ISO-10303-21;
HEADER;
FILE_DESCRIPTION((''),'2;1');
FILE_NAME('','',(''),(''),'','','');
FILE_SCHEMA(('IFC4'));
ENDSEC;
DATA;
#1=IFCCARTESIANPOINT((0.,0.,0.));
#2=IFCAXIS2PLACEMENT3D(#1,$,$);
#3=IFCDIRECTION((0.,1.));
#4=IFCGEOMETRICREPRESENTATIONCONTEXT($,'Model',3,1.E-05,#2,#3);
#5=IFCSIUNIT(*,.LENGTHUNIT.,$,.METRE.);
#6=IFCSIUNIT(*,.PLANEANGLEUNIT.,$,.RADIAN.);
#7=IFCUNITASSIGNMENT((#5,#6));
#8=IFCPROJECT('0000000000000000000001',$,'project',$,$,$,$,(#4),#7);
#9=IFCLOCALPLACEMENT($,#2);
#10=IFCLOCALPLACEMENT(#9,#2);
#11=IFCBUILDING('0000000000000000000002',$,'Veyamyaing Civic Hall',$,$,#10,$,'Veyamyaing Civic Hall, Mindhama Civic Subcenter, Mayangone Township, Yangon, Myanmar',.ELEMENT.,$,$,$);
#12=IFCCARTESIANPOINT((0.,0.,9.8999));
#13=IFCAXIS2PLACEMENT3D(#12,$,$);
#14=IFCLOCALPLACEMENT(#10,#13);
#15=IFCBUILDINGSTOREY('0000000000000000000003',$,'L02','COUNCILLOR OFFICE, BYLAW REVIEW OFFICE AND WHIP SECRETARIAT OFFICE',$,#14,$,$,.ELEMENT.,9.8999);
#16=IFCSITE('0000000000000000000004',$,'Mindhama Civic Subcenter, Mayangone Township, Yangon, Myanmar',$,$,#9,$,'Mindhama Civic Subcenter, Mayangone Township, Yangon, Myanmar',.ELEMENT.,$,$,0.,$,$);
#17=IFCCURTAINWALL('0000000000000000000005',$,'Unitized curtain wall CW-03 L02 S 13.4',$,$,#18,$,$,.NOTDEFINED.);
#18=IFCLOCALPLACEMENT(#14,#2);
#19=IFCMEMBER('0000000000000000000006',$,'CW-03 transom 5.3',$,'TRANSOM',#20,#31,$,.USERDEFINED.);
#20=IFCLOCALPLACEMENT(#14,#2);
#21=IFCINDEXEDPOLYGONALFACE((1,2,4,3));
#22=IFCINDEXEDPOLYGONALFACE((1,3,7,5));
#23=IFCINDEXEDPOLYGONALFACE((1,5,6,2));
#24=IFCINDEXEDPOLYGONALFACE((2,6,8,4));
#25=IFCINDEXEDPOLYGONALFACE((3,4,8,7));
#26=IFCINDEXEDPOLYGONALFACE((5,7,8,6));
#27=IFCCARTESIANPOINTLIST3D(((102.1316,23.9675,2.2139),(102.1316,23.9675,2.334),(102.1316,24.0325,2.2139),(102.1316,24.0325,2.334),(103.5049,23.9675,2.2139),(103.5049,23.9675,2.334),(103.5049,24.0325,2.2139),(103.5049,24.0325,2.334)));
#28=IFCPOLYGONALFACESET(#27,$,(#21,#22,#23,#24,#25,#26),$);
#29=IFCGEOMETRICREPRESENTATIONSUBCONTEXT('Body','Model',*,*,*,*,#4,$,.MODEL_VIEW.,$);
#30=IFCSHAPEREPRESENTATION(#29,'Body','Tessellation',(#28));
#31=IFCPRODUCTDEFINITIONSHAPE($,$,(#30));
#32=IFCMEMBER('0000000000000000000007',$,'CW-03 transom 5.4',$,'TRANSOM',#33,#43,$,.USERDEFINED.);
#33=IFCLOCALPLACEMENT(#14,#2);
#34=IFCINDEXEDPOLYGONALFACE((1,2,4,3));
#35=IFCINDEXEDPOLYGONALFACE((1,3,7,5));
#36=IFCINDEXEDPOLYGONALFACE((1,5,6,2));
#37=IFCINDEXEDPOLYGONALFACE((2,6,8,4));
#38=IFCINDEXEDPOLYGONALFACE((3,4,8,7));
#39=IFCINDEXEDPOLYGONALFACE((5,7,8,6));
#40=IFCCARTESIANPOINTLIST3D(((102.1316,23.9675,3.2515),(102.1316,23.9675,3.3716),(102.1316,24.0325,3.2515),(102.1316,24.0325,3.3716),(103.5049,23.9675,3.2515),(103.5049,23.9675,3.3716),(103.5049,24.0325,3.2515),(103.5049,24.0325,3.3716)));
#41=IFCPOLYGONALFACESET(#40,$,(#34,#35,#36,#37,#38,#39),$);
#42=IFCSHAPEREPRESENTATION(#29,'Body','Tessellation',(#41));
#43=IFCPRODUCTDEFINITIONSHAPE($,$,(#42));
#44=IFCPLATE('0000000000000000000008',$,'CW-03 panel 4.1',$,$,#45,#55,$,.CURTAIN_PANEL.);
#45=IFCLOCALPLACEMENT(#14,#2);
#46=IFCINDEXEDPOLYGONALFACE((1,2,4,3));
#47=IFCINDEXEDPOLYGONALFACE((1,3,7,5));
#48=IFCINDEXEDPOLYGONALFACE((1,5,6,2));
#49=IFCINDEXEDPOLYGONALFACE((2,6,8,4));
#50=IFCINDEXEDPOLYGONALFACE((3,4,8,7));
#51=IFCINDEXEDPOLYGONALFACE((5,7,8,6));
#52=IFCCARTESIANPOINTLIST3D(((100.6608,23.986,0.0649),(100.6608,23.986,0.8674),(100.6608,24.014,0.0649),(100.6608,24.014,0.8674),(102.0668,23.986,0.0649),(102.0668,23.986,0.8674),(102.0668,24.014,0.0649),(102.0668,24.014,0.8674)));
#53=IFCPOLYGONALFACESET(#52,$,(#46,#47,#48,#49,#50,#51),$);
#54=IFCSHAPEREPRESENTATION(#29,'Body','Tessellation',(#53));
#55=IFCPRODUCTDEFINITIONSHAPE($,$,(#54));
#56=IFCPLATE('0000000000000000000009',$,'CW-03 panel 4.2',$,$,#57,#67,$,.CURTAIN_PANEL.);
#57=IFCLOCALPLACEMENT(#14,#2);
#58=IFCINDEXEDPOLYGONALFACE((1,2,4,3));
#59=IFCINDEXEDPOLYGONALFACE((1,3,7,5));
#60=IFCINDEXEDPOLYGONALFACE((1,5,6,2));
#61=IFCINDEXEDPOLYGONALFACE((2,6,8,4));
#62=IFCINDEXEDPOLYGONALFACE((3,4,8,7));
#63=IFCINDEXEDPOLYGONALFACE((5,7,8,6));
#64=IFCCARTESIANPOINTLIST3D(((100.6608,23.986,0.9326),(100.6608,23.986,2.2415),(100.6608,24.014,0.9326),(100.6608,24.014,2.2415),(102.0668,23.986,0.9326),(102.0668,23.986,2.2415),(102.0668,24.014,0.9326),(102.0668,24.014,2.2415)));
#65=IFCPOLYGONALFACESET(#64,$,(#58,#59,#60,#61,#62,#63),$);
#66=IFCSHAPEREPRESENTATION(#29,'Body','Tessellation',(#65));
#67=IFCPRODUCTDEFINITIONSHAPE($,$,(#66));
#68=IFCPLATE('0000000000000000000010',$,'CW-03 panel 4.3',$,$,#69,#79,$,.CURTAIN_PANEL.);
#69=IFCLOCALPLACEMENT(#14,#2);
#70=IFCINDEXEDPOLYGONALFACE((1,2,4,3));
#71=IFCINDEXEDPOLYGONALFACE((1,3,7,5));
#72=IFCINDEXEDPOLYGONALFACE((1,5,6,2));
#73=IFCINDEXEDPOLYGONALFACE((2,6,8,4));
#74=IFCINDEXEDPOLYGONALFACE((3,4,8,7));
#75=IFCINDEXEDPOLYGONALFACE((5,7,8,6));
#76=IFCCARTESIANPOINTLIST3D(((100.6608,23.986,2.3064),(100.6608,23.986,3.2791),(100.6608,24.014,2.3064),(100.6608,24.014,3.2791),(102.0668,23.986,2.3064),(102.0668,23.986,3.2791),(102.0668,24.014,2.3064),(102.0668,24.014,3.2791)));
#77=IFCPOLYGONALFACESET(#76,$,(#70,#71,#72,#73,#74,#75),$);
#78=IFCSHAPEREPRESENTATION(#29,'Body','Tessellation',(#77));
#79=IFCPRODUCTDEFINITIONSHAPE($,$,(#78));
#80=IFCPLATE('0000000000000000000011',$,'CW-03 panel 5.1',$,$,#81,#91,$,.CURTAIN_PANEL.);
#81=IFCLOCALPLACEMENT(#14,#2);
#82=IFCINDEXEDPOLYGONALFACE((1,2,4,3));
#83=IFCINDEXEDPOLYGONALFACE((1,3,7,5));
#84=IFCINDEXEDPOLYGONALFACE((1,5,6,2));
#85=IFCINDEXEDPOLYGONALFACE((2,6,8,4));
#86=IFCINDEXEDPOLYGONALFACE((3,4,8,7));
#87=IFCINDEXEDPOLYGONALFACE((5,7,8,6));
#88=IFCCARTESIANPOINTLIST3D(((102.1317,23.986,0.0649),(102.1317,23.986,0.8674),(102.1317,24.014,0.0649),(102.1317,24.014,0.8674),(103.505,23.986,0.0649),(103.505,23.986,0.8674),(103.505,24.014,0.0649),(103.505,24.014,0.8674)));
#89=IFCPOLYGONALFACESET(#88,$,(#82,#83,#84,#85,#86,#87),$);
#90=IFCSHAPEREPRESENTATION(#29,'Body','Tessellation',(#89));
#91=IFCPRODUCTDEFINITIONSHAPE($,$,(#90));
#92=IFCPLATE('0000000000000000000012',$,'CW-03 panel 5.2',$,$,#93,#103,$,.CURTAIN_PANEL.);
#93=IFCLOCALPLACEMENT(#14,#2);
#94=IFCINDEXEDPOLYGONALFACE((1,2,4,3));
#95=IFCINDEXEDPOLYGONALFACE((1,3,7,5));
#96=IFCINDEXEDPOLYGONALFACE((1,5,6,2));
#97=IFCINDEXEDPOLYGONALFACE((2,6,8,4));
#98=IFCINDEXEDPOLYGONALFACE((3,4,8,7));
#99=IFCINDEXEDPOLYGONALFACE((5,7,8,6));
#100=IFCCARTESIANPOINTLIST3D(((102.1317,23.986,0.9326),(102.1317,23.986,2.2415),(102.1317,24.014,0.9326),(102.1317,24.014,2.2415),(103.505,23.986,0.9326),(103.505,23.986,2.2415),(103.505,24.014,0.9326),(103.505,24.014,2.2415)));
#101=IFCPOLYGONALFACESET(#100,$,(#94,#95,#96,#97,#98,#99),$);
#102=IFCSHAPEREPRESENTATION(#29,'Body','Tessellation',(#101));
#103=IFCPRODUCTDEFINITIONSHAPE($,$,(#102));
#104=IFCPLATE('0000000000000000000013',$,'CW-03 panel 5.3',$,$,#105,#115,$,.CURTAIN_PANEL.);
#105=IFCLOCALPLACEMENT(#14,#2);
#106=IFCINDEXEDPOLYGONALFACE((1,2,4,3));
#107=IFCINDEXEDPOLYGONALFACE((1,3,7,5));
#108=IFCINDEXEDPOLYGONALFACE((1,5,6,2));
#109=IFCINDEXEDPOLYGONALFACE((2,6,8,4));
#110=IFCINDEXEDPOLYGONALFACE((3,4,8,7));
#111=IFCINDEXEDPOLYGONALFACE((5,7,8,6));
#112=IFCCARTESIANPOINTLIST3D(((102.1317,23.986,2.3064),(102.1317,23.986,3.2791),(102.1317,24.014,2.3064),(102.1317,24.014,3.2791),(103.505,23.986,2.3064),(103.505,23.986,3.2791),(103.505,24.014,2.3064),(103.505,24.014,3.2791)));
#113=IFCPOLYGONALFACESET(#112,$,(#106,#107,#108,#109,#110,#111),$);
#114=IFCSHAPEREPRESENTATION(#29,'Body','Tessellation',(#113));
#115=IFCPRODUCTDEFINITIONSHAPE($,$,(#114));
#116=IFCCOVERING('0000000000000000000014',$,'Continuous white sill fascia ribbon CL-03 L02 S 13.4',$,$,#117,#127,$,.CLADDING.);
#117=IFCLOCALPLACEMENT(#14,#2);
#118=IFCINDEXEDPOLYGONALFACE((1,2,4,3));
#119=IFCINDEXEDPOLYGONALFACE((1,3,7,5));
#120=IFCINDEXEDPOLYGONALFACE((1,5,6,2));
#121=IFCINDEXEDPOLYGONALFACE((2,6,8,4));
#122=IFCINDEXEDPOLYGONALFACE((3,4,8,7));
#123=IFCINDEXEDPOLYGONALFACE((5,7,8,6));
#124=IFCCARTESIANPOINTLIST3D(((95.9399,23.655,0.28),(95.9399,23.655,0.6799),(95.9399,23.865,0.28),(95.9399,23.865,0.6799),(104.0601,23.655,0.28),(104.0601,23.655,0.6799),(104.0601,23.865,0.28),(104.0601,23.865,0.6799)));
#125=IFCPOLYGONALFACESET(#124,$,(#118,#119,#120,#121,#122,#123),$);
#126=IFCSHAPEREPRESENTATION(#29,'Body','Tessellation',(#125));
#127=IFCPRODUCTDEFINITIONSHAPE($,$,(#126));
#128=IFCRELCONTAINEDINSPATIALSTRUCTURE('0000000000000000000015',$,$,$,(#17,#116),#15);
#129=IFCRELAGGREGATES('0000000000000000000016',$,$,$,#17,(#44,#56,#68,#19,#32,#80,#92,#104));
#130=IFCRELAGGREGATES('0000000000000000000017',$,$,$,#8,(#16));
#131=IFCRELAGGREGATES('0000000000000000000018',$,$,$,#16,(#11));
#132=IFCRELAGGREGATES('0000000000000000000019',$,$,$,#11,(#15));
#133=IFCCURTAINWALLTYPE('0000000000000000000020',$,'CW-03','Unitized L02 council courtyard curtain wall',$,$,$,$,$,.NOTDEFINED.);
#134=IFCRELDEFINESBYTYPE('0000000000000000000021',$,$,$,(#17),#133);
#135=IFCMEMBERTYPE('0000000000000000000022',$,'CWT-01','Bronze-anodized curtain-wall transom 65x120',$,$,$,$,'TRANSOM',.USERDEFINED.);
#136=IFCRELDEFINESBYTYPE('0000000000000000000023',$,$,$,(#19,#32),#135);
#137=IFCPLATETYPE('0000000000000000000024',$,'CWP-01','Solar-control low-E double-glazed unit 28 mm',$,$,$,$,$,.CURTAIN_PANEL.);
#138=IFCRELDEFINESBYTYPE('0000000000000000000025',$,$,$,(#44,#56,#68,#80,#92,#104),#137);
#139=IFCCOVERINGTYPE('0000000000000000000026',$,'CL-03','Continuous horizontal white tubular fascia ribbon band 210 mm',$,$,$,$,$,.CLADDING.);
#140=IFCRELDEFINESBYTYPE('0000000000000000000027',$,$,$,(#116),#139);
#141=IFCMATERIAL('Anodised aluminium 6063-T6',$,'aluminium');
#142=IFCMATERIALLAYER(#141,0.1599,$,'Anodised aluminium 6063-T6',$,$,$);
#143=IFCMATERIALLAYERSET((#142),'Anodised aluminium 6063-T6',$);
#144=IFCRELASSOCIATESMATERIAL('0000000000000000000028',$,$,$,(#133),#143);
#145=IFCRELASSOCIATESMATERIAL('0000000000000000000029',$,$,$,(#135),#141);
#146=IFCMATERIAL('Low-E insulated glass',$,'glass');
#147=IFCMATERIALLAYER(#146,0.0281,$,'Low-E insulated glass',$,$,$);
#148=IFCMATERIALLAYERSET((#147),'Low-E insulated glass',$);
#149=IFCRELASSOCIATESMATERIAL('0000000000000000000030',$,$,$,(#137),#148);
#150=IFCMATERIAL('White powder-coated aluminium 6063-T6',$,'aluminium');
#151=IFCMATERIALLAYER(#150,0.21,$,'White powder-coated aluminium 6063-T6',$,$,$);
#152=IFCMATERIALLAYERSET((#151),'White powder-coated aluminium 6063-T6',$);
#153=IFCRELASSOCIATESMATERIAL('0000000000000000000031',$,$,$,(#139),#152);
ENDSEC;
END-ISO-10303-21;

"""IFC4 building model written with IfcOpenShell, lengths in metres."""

from ifc_helpers import new_model, si_unit, direction, frame, origin, origin_2d, place, context, subcontext, project, spatial, rectangle, extrude, material, layer, layer_set, material_profile, profile_set, type_object, element, aggregate, save


model = new_model("IFC4")

# Units and contexts
model_context = context("Model", 3, precision=1e-05, world=origin(), true_north=direction((0.0, 1.0)))
body_context = subcontext(model_context, "Body", "Model", "MODEL_VIEW")
ifc_project = project(units=[si_unit("LENGTHUNIT", "METRE"), si_unit("PLANEANGLEUNIT", "RADIAN")], contexts=[model_context])

# Site, building, storey
site_placement = place(None, origin())
site = spatial("IfcSite", under=ifc_project, at=site_placement, Name="Mindhama Civic Subcenter, Mayangone Township, Yangon, Myanmar", LongName="Mindhama Civic Subcenter, Mayangone Township, Yangon, Myanmar", CompositionType="ELEMENT", RefElevation=0.0)
building_placement = place(site_placement, origin())
building = spatial("IfcBuilding", under=site, at=building_placement, Name="Veyamyaing Civic Hall", LongName="Veyamyaing Civic Hall, Mindhama Civic Subcenter, Mayangone Township, Yangon, Myanmar", CompositionType="ELEMENT")
storey_placement = place(building_placement, frame((0.0, 0.0, 9.8999)))
storey = spatial("IfcBuildingStorey", under=building, at=storey_placement, Name="L02", Description="COUNCILLOR OFFICE, BYLAW REVIEW OFFICE AND WHIP SECRETARIAT OFFICE", CompositionType="ELEMENT", Elevation=9.8999)

# Curtain wall, members, plates
ifc_material_1 = material(Name="Anodised aluminium 6063-T6", Category="aluminium")
ifc_layer_1 = layer(ifc_material_1, 0.1599, Name="Anodised aluminium 6063-T6")
ifc_layer_set_1 = layer_set([ifc_layer_1], Name="Anodised aluminium 6063-T6")
curtain_wall_type = type_object("IfcCurtainWallType", Name="CW-03", Description="Unitized L02 council courtyard curtain wall", PredefinedType="NOTDEFINED", material=ifc_layer_set_1)
curtain_wall_placement = place(storey_placement, origin())
curtain_wall = element("IfcCurtainWall", 1, at=curtain_wall_placement, inside=storey, type_object=curtain_wall_type, Name="Unitized curtain wall CW-03 L02 S 13.4", PredefinedType="NOTDEFINED")
ifc_material_profile_1 = material_profile(ifc_material_1, rectangle(XDim=0.0649, YDim=0.1201, at=origin_2d()), Name="ALU-TRN-65X120")
ifc_profile_set_1 = profile_set([ifc_material_profile_1], Name="Anodised aluminium 6063-T6")
member_type_1 = type_object("IfcMemberType", Name="CWT-01", Description="Bronze-anodized curtain-wall transom 65x120", ElementType="TRANSOM", PredefinedType="USERDEFINED", material=ifc_profile_set_1)
member_1_placement = place(storey_placement, frame((102.1316, 24.0, 2.2739), z_axis=(1.0, 0.0, 0.0), x_axis=(0.0, 1.0, 0.0)))
member_1 = element("IfcMember", 2, at=member_1_placement, type_object=member_type_1, Name="CW-03 transom 5.3", ObjectType="TRANSOM", PredefinedType="USERDEFINED", context=body_context, shape_type="SweptSolid", body=[
    extrude(rectangle(XDim=0.0649, YDim=0.1201, at=origin_2d()), origin(), (0.0, 0.0, 1.0), 1.3733),
])
member_2_placement = place(storey_placement, frame((102.1316, 24.0, 3.3115), z_axis=(1.0, 0.0, 0.0), x_axis=(0.0, 1.0, 0.0)))
member_2 = element("IfcMember", 3, at=member_2_placement, type_object=member_type_1, Name="CW-03 transom 5.4", ObjectType="TRANSOM", PredefinedType="USERDEFINED", context=body_context, shape_type="SweptSolid", body=[
    extrude(rectangle(XDim=0.0649, YDim=0.1201, at=origin_2d()), origin(), (0.0, 0.0, 1.0), 1.3733),
])
ifc_material_2 = material(Name="Low-E insulated glass", Category="glass")
ifc_layer_2 = layer(ifc_material_2, 0.0281, Name="Low-E insulated glass")
ifc_layer_set_2 = layer_set([ifc_layer_2], Name="Low-E insulated glass")
plate_type = type_object("IfcPlateType", Name="CWP-01", Description="Solar-control low-E double-glazed unit 28 mm", PredefinedType="CURTAIN_PANEL", material=ifc_layer_set_2)
plate_1_placement = place(storey_placement, frame((101.3638, 24.0, 0.0649), z_axis=(0.0, 0.0, 1.0), x_axis=(1.0, 0.0, 0.0)))
plate_1 = element("IfcPlate", 4, at=plate_1_placement, type_object=plate_type, Name="CW-03 panel 4.1", PredefinedType="CURTAIN_PANEL", context=body_context, shape_type="SweptSolid", body=[
    extrude(rectangle(XDim=1.406, YDim=0.0281, at=origin_2d()), origin(), (0.0, 0.0, 1.0), 0.8025),
])
plate_2_placement = place(storey_placement, frame((101.3638, 24.0, 0.9326), z_axis=(0.0, 0.0, 1.0), x_axis=(1.0, 0.0, 0.0)))
plate_2 = element("IfcPlate", 5, at=plate_2_placement, type_object=plate_type, Name="CW-03 panel 4.2", PredefinedType="CURTAIN_PANEL", context=body_context, shape_type="SweptSolid", body=[
    extrude(rectangle(XDim=1.406, YDim=0.0281, at=origin_2d()), origin(), (0.0, 0.0, 1.0), 1.3088),
])
plate_3_placement = place(storey_placement, frame((101.3638, 24.0, 2.3064), z_axis=(0.0, 0.0, 1.0), x_axis=(1.0, 0.0, 0.0)))
plate_3 = element("IfcPlate", 6, at=plate_3_placement, type_object=plate_type, Name="CW-03 panel 4.3", PredefinedType="CURTAIN_PANEL", context=body_context, shape_type="SweptSolid", body=[
    extrude(rectangle(XDim=1.406, YDim=0.0281, at=origin_2d()), origin(), (0.0, 0.0, 1.0), 0.9727),
])
plate_4_placement = place(storey_placement, frame((102.8184, 24.0, 0.0649), z_axis=(0.0, 0.0, 1.0), x_axis=(1.0, 0.0, 0.0)))
plate_4 = element("IfcPlate", 7, at=plate_4_placement, type_object=plate_type, Name="CW-03 panel 5.1", PredefinedType="CURTAIN_PANEL", context=body_context, shape_type="SweptSolid", body=[
    extrude(rectangle(XDim=1.3733, YDim=0.0281, at=origin_2d()), origin(), (0.0, 0.0, 1.0), 0.8025),
])
plate_5_placement = place(storey_placement, frame((102.8184, 24.0, 0.9326), z_axis=(0.0, 0.0, 1.0), x_axis=(1.0, 0.0, 0.0)))
plate_5 = element("IfcPlate", 8, at=plate_5_placement, type_object=plate_type, Name="CW-03 panel 5.2", PredefinedType="CURTAIN_PANEL", context=body_context, shape_type="SweptSolid", body=[
    extrude(rectangle(XDim=1.3733, YDim=0.0281, at=origin_2d()), origin(), (0.0, 0.0, 1.0), 1.3088),
])
plate_6_placement = place(storey_placement, frame((102.8184, 24.0, 2.3064), z_axis=(0.0, 0.0, 1.0), x_axis=(1.0, 0.0, 0.0)))
plate_6 = element("IfcPlate", 9, at=plate_6_placement, type_object=plate_type, Name="CW-03 panel 5.3", PredefinedType="CURTAIN_PANEL", context=body_context, shape_type="SweptSolid", body=[
    extrude(rectangle(XDim=1.3733, YDim=0.0281, at=origin_2d()), origin(), (0.0, 0.0, 1.0), 0.9727),
])
aggregate(curtain_wall, [plate_1, plate_2, plate_3, member_1, member_2, plate_4, plate_5, plate_6])

# Covering
ifc_material_3 = material(Name="White powder-coated aluminium 6063-T6", Category="aluminium")
ifc_layer_3 = layer(ifc_material_3, 0.21, Name="White powder-coated aluminium 6063-T6")
ifc_layer_set_3 = layer_set([ifc_layer_3], Name="White powder-coated aluminium 6063-T6")
covering_type = type_object("IfcCoveringType", Name="CL-03", Description="Continuous horizontal white tubular fascia ribbon band 210 mm", PredefinedType="CLADDING", material=ifc_layer_set_3)
covering_placement = place(storey_placement, frame((100.0, 23.76, 0.28), z_axis=(0.0, 0.0, 1.0), x_axis=(1.0, 0.0, 0.0)))
element("IfcCovering", 10, at=covering_placement, inside=storey, type_object=covering_type, Name="Continuous white sill fascia ribbon CL-03 L02 S 13.4", PredefinedType="CLADDING", context=body_context, shape_type="SweptSolid", body=[
    extrude(rectangle(XDim=8.1201, YDim=0.21, at=origin_2d()), origin(), (0.0, 0.0, 1.0), 0.3999),
])

save(model, "model.ifc")
